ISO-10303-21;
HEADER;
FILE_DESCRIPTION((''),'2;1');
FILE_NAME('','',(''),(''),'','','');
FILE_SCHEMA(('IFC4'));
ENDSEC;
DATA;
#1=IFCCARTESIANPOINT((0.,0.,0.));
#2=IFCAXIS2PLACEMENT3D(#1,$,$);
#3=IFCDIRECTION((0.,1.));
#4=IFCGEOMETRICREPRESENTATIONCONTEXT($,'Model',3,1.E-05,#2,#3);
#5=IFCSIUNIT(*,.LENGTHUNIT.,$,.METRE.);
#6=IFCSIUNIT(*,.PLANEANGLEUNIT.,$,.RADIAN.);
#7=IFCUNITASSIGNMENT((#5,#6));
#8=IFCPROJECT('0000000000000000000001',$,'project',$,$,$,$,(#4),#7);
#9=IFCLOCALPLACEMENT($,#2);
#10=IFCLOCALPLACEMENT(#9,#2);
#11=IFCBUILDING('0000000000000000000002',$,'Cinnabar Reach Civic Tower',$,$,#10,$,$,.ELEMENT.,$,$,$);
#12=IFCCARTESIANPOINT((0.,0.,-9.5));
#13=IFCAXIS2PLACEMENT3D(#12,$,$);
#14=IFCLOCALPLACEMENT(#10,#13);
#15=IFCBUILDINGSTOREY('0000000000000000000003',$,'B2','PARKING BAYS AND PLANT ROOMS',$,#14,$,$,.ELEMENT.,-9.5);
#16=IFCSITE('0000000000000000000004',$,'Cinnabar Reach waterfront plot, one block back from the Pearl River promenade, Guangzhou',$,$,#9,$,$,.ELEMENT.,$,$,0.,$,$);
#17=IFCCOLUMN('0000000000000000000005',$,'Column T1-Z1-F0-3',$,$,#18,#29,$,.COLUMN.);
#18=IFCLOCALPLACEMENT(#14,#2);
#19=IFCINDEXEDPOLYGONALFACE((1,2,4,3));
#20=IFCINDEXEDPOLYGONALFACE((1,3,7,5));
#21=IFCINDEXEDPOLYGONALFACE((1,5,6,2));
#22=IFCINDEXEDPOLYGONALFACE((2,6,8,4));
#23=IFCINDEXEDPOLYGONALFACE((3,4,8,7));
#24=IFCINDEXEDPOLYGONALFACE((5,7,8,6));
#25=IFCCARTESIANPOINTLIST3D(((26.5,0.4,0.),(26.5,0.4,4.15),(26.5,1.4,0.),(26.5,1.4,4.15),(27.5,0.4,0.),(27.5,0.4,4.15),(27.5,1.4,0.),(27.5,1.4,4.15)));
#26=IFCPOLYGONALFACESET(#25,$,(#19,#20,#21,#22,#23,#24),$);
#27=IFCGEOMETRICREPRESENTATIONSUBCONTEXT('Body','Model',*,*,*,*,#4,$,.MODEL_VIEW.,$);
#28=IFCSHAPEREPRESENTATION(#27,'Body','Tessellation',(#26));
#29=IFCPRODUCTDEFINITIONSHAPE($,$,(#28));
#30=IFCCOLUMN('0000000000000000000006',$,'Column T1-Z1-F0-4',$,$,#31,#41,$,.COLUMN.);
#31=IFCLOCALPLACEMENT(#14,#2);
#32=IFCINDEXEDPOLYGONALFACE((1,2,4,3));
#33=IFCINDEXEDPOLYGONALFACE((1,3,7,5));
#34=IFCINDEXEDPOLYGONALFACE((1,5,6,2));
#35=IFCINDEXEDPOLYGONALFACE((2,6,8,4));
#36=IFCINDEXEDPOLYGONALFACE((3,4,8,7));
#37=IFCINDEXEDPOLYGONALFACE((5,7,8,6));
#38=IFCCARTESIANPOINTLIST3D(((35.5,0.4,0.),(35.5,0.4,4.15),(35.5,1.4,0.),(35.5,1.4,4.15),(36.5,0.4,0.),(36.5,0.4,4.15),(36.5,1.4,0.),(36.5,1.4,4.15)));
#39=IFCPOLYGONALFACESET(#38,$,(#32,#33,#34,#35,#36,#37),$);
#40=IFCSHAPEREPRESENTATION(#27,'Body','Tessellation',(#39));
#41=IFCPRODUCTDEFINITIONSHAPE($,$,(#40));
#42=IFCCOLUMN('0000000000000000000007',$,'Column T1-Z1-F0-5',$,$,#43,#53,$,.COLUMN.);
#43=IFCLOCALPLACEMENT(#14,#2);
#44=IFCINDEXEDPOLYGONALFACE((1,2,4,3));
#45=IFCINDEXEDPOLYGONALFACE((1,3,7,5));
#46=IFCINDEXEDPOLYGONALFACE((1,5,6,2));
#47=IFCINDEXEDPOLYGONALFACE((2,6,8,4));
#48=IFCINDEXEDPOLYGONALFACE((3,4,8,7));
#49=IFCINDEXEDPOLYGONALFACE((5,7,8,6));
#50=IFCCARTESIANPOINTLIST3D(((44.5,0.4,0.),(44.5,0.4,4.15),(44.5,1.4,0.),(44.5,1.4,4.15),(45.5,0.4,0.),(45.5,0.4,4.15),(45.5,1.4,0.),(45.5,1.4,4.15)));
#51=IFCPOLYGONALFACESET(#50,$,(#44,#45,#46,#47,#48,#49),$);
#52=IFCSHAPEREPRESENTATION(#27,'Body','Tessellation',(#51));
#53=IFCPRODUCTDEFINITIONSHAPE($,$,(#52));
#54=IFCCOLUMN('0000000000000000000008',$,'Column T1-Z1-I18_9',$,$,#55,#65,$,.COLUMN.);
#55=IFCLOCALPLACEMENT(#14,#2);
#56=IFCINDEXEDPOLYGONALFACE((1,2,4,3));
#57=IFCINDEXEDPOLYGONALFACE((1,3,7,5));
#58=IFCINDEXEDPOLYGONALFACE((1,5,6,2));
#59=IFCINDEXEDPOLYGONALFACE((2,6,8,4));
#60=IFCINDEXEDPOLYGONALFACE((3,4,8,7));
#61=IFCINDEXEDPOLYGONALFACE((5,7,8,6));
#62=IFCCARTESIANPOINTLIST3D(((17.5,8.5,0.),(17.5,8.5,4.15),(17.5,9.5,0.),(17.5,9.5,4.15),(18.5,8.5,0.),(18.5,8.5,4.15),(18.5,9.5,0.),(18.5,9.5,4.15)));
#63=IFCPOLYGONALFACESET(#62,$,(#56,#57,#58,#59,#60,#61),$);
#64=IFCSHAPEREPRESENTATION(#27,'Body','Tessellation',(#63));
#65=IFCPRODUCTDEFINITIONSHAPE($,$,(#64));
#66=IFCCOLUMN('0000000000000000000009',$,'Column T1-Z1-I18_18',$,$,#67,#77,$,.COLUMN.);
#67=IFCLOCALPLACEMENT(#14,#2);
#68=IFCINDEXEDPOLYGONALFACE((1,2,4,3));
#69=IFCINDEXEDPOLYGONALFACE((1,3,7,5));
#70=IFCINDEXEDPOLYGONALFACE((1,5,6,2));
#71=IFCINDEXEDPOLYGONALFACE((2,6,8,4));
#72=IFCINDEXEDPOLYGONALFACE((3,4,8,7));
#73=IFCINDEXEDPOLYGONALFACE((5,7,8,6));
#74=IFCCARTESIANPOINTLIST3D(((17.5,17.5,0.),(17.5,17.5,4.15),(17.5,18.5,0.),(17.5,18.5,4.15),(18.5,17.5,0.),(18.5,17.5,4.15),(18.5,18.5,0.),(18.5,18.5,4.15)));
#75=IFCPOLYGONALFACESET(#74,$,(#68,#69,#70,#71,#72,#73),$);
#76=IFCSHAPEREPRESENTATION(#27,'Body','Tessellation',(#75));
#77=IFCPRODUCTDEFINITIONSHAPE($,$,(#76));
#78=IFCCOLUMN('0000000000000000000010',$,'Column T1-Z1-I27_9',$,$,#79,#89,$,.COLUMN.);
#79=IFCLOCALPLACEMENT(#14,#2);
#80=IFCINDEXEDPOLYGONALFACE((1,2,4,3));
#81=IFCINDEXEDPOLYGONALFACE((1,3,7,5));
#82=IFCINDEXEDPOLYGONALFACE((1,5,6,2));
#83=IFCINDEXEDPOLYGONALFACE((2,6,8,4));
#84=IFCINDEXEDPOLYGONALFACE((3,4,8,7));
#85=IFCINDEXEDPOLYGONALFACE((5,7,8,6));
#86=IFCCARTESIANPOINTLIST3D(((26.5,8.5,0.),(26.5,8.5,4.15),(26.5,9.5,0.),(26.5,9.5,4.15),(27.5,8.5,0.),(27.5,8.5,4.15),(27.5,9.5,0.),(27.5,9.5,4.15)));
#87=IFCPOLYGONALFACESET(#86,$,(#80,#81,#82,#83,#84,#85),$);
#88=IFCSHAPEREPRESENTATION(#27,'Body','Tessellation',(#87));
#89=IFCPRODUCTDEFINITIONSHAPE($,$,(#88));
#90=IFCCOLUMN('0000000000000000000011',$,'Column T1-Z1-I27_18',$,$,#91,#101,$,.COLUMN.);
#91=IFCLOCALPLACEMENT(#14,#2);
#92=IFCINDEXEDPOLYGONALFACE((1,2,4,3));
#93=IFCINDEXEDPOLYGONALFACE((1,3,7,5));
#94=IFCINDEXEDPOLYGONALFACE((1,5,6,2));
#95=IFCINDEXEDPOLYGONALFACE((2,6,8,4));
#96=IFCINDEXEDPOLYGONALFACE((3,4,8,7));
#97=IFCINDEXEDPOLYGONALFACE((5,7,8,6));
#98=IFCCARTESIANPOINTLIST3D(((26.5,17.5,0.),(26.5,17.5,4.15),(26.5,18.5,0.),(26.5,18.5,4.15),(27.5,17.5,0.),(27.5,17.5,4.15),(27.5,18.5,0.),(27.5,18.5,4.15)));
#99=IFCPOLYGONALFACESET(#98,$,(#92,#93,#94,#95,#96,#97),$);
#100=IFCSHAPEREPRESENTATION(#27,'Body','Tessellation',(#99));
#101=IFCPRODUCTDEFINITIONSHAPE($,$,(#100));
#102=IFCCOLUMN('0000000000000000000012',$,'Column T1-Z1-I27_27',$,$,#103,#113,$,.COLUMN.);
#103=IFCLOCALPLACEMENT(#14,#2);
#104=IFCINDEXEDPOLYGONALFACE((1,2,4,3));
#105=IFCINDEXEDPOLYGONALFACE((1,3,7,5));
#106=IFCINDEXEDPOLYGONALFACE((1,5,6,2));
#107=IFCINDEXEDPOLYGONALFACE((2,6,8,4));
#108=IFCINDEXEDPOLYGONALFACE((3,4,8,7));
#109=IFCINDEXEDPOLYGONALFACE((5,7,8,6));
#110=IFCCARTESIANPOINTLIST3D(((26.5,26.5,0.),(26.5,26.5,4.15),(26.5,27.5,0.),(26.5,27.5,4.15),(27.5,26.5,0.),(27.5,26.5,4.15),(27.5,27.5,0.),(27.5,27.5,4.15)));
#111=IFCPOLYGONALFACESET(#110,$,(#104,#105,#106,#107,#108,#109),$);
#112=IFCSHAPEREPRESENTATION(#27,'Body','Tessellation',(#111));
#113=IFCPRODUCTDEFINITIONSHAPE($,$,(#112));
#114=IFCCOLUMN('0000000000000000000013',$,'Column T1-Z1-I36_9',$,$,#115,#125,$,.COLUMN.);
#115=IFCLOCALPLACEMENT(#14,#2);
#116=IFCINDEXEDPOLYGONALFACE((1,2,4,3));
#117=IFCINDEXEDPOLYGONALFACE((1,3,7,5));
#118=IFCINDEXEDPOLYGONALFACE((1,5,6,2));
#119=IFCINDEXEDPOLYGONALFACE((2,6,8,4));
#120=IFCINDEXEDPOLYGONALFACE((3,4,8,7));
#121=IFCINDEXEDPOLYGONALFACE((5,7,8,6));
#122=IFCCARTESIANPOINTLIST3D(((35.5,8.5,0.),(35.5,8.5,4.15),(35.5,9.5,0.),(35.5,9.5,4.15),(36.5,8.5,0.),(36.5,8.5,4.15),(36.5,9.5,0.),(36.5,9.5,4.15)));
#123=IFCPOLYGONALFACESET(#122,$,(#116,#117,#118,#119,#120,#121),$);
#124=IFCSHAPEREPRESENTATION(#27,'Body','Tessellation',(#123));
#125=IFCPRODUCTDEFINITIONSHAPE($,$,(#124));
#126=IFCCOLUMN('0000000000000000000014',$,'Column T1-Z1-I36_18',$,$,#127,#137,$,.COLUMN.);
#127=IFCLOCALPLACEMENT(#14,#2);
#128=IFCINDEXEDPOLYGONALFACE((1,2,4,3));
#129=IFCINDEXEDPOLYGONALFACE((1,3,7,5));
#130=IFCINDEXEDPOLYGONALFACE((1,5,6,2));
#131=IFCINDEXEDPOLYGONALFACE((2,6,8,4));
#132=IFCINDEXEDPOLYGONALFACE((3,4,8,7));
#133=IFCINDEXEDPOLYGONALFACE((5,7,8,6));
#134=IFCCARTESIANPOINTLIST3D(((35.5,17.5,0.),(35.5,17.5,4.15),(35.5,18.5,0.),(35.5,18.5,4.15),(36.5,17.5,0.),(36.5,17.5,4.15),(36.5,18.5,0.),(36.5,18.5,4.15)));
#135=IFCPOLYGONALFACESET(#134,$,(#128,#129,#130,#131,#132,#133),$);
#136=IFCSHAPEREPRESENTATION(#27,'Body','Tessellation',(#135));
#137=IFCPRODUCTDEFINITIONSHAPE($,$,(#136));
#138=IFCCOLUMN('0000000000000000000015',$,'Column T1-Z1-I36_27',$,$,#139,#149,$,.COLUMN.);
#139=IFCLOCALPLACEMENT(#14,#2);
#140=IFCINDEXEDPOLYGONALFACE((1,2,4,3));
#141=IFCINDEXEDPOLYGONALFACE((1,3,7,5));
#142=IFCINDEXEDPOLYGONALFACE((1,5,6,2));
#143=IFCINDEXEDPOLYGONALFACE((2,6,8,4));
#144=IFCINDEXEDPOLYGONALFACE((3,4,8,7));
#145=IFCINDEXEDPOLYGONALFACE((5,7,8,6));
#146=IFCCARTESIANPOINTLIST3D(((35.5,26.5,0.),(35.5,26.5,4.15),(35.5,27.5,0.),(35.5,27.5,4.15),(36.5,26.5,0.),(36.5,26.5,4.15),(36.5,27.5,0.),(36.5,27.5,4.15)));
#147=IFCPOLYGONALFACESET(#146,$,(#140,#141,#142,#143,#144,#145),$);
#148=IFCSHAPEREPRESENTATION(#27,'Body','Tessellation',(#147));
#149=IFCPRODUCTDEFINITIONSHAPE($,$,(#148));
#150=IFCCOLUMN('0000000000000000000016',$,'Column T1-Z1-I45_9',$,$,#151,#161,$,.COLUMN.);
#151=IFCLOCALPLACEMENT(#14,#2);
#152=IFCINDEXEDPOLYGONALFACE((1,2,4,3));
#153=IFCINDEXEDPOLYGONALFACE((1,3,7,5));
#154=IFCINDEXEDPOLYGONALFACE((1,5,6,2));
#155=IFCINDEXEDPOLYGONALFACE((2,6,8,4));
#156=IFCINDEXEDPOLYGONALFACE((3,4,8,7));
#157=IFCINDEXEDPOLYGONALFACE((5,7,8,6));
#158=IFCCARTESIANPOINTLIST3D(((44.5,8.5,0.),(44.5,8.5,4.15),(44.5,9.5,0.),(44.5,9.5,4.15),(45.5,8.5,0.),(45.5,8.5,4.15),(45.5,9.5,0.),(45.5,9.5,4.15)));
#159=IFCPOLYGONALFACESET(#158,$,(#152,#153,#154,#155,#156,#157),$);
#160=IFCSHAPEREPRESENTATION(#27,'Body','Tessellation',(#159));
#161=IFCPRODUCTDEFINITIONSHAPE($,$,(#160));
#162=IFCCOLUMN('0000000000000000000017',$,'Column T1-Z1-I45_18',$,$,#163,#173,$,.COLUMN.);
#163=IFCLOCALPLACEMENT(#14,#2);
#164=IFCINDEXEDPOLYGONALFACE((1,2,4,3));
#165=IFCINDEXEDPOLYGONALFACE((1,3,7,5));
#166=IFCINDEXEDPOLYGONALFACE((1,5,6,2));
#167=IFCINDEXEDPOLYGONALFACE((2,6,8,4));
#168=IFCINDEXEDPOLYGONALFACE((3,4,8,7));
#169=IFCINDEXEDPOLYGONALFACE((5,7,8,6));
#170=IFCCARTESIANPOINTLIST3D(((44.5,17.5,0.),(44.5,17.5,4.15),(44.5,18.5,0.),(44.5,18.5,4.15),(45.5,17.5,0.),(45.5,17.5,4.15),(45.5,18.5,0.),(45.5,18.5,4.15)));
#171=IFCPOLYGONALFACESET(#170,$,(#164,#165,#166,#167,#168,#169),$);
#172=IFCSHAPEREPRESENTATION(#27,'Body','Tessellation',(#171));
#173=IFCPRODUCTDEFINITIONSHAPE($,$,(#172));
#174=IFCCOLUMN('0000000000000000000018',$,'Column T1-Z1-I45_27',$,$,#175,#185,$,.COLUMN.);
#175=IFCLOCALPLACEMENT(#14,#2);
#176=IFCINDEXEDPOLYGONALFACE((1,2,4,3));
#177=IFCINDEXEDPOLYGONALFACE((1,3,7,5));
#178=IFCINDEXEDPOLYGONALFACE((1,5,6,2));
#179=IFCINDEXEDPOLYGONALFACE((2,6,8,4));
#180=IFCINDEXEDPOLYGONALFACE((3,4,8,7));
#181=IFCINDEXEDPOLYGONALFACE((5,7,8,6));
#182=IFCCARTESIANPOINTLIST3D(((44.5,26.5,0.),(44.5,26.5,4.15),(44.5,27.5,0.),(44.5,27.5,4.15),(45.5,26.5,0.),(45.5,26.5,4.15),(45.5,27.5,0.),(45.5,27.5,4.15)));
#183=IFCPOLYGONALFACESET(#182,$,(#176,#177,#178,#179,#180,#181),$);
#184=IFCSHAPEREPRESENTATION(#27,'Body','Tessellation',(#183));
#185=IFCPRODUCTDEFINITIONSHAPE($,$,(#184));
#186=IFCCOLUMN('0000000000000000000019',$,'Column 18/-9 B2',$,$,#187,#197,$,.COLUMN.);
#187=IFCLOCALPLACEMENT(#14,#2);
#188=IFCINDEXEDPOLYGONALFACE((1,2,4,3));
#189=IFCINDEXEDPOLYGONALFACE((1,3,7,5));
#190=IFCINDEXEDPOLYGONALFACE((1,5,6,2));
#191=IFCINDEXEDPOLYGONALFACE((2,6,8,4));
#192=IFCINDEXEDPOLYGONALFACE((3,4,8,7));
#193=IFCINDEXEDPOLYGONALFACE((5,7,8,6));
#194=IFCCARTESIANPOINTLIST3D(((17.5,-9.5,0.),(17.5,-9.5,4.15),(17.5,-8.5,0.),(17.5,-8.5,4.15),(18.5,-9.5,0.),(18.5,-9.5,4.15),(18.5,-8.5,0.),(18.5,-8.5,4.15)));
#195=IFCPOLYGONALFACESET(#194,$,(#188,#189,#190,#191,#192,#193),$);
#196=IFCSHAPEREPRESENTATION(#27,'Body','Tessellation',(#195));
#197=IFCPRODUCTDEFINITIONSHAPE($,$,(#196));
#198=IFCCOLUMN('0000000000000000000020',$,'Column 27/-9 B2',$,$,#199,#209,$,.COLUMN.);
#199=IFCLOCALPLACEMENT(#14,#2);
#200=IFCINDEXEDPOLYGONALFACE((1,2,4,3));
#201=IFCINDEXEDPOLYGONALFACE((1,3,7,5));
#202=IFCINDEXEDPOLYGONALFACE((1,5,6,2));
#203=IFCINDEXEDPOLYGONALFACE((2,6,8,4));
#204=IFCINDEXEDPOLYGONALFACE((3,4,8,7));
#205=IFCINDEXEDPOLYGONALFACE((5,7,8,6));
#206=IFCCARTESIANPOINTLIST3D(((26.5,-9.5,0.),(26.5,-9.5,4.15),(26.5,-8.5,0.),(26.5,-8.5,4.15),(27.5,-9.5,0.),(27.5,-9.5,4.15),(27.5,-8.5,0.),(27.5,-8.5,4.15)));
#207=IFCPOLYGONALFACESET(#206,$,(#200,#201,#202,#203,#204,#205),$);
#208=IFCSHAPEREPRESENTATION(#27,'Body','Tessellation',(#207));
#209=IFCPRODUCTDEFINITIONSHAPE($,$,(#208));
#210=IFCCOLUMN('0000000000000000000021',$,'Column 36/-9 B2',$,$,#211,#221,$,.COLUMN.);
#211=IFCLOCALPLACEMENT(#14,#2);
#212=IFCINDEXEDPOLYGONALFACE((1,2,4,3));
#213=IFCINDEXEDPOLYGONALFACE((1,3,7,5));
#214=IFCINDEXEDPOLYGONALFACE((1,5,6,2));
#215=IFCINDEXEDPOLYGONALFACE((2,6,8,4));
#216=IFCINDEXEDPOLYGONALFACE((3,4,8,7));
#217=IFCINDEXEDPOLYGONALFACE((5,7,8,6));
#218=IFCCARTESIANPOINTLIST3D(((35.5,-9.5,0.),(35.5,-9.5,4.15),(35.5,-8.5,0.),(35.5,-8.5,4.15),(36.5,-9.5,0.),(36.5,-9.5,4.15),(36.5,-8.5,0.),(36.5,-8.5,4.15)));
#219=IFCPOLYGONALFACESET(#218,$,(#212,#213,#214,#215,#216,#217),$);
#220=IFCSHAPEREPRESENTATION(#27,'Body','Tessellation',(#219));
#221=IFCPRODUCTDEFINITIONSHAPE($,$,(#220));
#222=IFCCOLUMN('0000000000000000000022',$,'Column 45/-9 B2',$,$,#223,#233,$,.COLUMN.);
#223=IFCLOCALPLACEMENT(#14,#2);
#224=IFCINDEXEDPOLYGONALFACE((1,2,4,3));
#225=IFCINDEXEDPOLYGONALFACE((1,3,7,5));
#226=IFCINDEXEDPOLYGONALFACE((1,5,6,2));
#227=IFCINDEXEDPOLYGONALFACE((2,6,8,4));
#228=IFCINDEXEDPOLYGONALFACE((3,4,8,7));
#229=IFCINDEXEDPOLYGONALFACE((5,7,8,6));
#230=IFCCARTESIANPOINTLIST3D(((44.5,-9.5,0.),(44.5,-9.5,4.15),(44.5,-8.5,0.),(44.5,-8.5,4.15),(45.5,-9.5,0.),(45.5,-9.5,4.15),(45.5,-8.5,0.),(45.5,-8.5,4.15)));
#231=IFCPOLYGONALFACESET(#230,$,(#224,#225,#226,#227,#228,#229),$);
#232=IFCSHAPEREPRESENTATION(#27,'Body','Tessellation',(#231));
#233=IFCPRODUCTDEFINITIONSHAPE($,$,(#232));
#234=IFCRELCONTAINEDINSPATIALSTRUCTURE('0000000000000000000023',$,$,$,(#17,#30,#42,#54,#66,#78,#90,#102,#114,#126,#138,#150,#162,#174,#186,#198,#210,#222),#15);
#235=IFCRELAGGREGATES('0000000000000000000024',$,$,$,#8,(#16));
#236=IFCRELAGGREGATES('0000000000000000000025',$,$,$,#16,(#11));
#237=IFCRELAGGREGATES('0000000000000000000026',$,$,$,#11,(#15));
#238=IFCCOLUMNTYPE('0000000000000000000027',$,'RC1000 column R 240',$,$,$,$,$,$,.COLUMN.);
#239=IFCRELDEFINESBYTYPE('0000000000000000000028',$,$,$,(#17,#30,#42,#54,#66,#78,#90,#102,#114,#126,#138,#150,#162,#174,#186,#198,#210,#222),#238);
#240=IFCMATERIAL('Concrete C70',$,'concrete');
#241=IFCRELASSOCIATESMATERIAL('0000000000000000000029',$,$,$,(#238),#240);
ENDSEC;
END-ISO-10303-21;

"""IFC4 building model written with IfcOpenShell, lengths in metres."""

from ifc_helpers import new_model, si_unit, direction, frame, origin, origin_2d, place, context, subcontext, project, spatial, rectangle, extrude, material, material_profile, profile_set, type_object, element, save


model = new_model("IFC4")

# Units and contexts
model_context = context("Model", 3, precision=1e-05, world=origin(), true_north=direction((0.0, 1.0)))
body_context = subcontext(model_context, "Body", "Model", "MODEL_VIEW")
ifc_project = project(units=[si_unit("LENGTHUNIT", "METRE"), si_unit("PLANEANGLEUNIT", "RADIAN")], contexts=[model_context])

# Site, building, storey
site_placement = place(None, origin())
site = spatial("IfcSite", under=ifc_project, at=site_placement, Name="Cinnabar Reach waterfront plot, one block back from the Pearl River promenade, Guangzhou", CompositionType="ELEMENT", RefElevation=0.0)
building_placement = place(site_placement, origin())
building = spatial("IfcBuilding", under=site, at=building_placement, Name="Cinnabar Reach Civic Tower", CompositionType="ELEMENT")
storey_placement = place(building_placement, frame((0.0, 0.0, -9.5)))
storey = spatial("IfcBuildingStorey", under=building, at=storey_placement, Name="B2", Description="PARKING BAYS AND PLANT ROOMS", CompositionType="ELEMENT", Elevation=-9.5)

# Columns
ifc_material_1 = material(Name="Concrete C70", Category="concrete")
ifc_material_profile = material_profile(ifc_material_1, rectangle(XDim=1.0, YDim=1.0, at=origin_2d()), Name="RC1000")
ifc_profile_set = profile_set([ifc_material_profile], Name="Concrete C70")
column_type = type_object("IfcColumnType", Name="RC1000 column R 240", PredefinedType="COLUMN", material=ifc_profile_set)
for number, where, z_axis, x_axis, name in (
    (1, (27.0, 0.9, 0.0), (0.0, 0.0, 1.0), (1.0, 0.0, 0.0), "Column T1-Z1-F0-3"),
    (2, (36.0, 0.9, 0.0), (0.0, 0.0, 1.0), (1.0, 0.0, 0.0), "Column T1-Z1-F0-4"),
    (3, (45.0, 0.9, 0.0), (0.0, 0.0, 1.0), (1.0, 0.0, 0.0), "Column T1-Z1-F0-5"),
    (4, (18.0, 9.0, 0.0), (0.0, 0.0, 1.0), (1.0, 0.0, 0.0), "Column T1-Z1-I18_9"),
    (5, (18.0, 18.0, 0.0), (0.0, 0.0, 1.0), (1.0, 0.0, 0.0), "Column T1-Z1-I18_18"),
    (6, (27.0, 9.0, 0.0), (0.0, 0.0, 1.0), (1.0, 0.0, 0.0), "Column T1-Z1-I27_9"),
    (7, (27.0, 18.0, 0.0), (0.0, 0.0, 1.0), (1.0, 0.0, 0.0), "Column T1-Z1-I27_18"),
    (8, (27.0, 27.0, 0.0), (0.0, 0.0, 1.0), (1.0, 0.0, 0.0), "Column T1-Z1-I27_27"),
    (9, (36.0, 9.0, 0.0), (0.0, 0.0, 1.0), (1.0, 0.0, 0.0), "Column T1-Z1-I36_9"),
    (10, (36.0, 18.0, 0.0), (0.0, 0.0, 1.0), (1.0, 0.0, 0.0), "Column T1-Z1-I36_18"),
    (11, (36.0, 27.0, 0.0), (0.0, 0.0, 1.0), (1.0, 0.0, 0.0), "Column T1-Z1-I36_27"),
    (12, (45.0, 9.0, 0.0), (0.0, 0.0, 1.0), (1.0, 0.0, 0.0), "Column T1-Z1-I45_9"),
    (13, (45.0, 18.0, 0.0), (0.0, 0.0, 1.0), (1.0, 0.0, 0.0), "Column T1-Z1-I45_18"),
    (14, (45.0, 27.0, 0.0), (0.0, 0.0, 1.0), (1.0, 0.0, 0.0), "Column T1-Z1-I45_27"),
    (15, (18.0, -9.0, 0.0), (0.0, 0.0, 1.0), (1.0, 0.0, 0.0), "Column 18/-9 B2"),
    (16, (27.0, -9.0, 0.0), (0.0, 0.0, 1.0), (1.0, 0.0, 0.0), "Column 27/-9 B2"),
    (17, (36.0, -9.0, 0.0), (0.0, 0.0, 1.0), (1.0, 0.0, 0.0), "Column 36/-9 B2"),
    (18, (45.0, -9.0, 0.0), (0.0, 0.0, 1.0), (1.0, 0.0, 0.0), "Column 45/-9 B2"),
):
    element("IfcColumn", number, at=place(storey_placement, frame(where, z_axis=z_axis, x_axis=x_axis)), inside=storey, type_object=column_type, Name=name, PredefinedType="COLUMN", context=body_context, shape_type="SweptSolid", body=[
        extrude(rectangle(XDim=1.0, YDim=1.0, at=origin_2d()), origin(), (0.0, 0.0, 1.0), 4.15),
    ])

save(model, "model.ifc")
